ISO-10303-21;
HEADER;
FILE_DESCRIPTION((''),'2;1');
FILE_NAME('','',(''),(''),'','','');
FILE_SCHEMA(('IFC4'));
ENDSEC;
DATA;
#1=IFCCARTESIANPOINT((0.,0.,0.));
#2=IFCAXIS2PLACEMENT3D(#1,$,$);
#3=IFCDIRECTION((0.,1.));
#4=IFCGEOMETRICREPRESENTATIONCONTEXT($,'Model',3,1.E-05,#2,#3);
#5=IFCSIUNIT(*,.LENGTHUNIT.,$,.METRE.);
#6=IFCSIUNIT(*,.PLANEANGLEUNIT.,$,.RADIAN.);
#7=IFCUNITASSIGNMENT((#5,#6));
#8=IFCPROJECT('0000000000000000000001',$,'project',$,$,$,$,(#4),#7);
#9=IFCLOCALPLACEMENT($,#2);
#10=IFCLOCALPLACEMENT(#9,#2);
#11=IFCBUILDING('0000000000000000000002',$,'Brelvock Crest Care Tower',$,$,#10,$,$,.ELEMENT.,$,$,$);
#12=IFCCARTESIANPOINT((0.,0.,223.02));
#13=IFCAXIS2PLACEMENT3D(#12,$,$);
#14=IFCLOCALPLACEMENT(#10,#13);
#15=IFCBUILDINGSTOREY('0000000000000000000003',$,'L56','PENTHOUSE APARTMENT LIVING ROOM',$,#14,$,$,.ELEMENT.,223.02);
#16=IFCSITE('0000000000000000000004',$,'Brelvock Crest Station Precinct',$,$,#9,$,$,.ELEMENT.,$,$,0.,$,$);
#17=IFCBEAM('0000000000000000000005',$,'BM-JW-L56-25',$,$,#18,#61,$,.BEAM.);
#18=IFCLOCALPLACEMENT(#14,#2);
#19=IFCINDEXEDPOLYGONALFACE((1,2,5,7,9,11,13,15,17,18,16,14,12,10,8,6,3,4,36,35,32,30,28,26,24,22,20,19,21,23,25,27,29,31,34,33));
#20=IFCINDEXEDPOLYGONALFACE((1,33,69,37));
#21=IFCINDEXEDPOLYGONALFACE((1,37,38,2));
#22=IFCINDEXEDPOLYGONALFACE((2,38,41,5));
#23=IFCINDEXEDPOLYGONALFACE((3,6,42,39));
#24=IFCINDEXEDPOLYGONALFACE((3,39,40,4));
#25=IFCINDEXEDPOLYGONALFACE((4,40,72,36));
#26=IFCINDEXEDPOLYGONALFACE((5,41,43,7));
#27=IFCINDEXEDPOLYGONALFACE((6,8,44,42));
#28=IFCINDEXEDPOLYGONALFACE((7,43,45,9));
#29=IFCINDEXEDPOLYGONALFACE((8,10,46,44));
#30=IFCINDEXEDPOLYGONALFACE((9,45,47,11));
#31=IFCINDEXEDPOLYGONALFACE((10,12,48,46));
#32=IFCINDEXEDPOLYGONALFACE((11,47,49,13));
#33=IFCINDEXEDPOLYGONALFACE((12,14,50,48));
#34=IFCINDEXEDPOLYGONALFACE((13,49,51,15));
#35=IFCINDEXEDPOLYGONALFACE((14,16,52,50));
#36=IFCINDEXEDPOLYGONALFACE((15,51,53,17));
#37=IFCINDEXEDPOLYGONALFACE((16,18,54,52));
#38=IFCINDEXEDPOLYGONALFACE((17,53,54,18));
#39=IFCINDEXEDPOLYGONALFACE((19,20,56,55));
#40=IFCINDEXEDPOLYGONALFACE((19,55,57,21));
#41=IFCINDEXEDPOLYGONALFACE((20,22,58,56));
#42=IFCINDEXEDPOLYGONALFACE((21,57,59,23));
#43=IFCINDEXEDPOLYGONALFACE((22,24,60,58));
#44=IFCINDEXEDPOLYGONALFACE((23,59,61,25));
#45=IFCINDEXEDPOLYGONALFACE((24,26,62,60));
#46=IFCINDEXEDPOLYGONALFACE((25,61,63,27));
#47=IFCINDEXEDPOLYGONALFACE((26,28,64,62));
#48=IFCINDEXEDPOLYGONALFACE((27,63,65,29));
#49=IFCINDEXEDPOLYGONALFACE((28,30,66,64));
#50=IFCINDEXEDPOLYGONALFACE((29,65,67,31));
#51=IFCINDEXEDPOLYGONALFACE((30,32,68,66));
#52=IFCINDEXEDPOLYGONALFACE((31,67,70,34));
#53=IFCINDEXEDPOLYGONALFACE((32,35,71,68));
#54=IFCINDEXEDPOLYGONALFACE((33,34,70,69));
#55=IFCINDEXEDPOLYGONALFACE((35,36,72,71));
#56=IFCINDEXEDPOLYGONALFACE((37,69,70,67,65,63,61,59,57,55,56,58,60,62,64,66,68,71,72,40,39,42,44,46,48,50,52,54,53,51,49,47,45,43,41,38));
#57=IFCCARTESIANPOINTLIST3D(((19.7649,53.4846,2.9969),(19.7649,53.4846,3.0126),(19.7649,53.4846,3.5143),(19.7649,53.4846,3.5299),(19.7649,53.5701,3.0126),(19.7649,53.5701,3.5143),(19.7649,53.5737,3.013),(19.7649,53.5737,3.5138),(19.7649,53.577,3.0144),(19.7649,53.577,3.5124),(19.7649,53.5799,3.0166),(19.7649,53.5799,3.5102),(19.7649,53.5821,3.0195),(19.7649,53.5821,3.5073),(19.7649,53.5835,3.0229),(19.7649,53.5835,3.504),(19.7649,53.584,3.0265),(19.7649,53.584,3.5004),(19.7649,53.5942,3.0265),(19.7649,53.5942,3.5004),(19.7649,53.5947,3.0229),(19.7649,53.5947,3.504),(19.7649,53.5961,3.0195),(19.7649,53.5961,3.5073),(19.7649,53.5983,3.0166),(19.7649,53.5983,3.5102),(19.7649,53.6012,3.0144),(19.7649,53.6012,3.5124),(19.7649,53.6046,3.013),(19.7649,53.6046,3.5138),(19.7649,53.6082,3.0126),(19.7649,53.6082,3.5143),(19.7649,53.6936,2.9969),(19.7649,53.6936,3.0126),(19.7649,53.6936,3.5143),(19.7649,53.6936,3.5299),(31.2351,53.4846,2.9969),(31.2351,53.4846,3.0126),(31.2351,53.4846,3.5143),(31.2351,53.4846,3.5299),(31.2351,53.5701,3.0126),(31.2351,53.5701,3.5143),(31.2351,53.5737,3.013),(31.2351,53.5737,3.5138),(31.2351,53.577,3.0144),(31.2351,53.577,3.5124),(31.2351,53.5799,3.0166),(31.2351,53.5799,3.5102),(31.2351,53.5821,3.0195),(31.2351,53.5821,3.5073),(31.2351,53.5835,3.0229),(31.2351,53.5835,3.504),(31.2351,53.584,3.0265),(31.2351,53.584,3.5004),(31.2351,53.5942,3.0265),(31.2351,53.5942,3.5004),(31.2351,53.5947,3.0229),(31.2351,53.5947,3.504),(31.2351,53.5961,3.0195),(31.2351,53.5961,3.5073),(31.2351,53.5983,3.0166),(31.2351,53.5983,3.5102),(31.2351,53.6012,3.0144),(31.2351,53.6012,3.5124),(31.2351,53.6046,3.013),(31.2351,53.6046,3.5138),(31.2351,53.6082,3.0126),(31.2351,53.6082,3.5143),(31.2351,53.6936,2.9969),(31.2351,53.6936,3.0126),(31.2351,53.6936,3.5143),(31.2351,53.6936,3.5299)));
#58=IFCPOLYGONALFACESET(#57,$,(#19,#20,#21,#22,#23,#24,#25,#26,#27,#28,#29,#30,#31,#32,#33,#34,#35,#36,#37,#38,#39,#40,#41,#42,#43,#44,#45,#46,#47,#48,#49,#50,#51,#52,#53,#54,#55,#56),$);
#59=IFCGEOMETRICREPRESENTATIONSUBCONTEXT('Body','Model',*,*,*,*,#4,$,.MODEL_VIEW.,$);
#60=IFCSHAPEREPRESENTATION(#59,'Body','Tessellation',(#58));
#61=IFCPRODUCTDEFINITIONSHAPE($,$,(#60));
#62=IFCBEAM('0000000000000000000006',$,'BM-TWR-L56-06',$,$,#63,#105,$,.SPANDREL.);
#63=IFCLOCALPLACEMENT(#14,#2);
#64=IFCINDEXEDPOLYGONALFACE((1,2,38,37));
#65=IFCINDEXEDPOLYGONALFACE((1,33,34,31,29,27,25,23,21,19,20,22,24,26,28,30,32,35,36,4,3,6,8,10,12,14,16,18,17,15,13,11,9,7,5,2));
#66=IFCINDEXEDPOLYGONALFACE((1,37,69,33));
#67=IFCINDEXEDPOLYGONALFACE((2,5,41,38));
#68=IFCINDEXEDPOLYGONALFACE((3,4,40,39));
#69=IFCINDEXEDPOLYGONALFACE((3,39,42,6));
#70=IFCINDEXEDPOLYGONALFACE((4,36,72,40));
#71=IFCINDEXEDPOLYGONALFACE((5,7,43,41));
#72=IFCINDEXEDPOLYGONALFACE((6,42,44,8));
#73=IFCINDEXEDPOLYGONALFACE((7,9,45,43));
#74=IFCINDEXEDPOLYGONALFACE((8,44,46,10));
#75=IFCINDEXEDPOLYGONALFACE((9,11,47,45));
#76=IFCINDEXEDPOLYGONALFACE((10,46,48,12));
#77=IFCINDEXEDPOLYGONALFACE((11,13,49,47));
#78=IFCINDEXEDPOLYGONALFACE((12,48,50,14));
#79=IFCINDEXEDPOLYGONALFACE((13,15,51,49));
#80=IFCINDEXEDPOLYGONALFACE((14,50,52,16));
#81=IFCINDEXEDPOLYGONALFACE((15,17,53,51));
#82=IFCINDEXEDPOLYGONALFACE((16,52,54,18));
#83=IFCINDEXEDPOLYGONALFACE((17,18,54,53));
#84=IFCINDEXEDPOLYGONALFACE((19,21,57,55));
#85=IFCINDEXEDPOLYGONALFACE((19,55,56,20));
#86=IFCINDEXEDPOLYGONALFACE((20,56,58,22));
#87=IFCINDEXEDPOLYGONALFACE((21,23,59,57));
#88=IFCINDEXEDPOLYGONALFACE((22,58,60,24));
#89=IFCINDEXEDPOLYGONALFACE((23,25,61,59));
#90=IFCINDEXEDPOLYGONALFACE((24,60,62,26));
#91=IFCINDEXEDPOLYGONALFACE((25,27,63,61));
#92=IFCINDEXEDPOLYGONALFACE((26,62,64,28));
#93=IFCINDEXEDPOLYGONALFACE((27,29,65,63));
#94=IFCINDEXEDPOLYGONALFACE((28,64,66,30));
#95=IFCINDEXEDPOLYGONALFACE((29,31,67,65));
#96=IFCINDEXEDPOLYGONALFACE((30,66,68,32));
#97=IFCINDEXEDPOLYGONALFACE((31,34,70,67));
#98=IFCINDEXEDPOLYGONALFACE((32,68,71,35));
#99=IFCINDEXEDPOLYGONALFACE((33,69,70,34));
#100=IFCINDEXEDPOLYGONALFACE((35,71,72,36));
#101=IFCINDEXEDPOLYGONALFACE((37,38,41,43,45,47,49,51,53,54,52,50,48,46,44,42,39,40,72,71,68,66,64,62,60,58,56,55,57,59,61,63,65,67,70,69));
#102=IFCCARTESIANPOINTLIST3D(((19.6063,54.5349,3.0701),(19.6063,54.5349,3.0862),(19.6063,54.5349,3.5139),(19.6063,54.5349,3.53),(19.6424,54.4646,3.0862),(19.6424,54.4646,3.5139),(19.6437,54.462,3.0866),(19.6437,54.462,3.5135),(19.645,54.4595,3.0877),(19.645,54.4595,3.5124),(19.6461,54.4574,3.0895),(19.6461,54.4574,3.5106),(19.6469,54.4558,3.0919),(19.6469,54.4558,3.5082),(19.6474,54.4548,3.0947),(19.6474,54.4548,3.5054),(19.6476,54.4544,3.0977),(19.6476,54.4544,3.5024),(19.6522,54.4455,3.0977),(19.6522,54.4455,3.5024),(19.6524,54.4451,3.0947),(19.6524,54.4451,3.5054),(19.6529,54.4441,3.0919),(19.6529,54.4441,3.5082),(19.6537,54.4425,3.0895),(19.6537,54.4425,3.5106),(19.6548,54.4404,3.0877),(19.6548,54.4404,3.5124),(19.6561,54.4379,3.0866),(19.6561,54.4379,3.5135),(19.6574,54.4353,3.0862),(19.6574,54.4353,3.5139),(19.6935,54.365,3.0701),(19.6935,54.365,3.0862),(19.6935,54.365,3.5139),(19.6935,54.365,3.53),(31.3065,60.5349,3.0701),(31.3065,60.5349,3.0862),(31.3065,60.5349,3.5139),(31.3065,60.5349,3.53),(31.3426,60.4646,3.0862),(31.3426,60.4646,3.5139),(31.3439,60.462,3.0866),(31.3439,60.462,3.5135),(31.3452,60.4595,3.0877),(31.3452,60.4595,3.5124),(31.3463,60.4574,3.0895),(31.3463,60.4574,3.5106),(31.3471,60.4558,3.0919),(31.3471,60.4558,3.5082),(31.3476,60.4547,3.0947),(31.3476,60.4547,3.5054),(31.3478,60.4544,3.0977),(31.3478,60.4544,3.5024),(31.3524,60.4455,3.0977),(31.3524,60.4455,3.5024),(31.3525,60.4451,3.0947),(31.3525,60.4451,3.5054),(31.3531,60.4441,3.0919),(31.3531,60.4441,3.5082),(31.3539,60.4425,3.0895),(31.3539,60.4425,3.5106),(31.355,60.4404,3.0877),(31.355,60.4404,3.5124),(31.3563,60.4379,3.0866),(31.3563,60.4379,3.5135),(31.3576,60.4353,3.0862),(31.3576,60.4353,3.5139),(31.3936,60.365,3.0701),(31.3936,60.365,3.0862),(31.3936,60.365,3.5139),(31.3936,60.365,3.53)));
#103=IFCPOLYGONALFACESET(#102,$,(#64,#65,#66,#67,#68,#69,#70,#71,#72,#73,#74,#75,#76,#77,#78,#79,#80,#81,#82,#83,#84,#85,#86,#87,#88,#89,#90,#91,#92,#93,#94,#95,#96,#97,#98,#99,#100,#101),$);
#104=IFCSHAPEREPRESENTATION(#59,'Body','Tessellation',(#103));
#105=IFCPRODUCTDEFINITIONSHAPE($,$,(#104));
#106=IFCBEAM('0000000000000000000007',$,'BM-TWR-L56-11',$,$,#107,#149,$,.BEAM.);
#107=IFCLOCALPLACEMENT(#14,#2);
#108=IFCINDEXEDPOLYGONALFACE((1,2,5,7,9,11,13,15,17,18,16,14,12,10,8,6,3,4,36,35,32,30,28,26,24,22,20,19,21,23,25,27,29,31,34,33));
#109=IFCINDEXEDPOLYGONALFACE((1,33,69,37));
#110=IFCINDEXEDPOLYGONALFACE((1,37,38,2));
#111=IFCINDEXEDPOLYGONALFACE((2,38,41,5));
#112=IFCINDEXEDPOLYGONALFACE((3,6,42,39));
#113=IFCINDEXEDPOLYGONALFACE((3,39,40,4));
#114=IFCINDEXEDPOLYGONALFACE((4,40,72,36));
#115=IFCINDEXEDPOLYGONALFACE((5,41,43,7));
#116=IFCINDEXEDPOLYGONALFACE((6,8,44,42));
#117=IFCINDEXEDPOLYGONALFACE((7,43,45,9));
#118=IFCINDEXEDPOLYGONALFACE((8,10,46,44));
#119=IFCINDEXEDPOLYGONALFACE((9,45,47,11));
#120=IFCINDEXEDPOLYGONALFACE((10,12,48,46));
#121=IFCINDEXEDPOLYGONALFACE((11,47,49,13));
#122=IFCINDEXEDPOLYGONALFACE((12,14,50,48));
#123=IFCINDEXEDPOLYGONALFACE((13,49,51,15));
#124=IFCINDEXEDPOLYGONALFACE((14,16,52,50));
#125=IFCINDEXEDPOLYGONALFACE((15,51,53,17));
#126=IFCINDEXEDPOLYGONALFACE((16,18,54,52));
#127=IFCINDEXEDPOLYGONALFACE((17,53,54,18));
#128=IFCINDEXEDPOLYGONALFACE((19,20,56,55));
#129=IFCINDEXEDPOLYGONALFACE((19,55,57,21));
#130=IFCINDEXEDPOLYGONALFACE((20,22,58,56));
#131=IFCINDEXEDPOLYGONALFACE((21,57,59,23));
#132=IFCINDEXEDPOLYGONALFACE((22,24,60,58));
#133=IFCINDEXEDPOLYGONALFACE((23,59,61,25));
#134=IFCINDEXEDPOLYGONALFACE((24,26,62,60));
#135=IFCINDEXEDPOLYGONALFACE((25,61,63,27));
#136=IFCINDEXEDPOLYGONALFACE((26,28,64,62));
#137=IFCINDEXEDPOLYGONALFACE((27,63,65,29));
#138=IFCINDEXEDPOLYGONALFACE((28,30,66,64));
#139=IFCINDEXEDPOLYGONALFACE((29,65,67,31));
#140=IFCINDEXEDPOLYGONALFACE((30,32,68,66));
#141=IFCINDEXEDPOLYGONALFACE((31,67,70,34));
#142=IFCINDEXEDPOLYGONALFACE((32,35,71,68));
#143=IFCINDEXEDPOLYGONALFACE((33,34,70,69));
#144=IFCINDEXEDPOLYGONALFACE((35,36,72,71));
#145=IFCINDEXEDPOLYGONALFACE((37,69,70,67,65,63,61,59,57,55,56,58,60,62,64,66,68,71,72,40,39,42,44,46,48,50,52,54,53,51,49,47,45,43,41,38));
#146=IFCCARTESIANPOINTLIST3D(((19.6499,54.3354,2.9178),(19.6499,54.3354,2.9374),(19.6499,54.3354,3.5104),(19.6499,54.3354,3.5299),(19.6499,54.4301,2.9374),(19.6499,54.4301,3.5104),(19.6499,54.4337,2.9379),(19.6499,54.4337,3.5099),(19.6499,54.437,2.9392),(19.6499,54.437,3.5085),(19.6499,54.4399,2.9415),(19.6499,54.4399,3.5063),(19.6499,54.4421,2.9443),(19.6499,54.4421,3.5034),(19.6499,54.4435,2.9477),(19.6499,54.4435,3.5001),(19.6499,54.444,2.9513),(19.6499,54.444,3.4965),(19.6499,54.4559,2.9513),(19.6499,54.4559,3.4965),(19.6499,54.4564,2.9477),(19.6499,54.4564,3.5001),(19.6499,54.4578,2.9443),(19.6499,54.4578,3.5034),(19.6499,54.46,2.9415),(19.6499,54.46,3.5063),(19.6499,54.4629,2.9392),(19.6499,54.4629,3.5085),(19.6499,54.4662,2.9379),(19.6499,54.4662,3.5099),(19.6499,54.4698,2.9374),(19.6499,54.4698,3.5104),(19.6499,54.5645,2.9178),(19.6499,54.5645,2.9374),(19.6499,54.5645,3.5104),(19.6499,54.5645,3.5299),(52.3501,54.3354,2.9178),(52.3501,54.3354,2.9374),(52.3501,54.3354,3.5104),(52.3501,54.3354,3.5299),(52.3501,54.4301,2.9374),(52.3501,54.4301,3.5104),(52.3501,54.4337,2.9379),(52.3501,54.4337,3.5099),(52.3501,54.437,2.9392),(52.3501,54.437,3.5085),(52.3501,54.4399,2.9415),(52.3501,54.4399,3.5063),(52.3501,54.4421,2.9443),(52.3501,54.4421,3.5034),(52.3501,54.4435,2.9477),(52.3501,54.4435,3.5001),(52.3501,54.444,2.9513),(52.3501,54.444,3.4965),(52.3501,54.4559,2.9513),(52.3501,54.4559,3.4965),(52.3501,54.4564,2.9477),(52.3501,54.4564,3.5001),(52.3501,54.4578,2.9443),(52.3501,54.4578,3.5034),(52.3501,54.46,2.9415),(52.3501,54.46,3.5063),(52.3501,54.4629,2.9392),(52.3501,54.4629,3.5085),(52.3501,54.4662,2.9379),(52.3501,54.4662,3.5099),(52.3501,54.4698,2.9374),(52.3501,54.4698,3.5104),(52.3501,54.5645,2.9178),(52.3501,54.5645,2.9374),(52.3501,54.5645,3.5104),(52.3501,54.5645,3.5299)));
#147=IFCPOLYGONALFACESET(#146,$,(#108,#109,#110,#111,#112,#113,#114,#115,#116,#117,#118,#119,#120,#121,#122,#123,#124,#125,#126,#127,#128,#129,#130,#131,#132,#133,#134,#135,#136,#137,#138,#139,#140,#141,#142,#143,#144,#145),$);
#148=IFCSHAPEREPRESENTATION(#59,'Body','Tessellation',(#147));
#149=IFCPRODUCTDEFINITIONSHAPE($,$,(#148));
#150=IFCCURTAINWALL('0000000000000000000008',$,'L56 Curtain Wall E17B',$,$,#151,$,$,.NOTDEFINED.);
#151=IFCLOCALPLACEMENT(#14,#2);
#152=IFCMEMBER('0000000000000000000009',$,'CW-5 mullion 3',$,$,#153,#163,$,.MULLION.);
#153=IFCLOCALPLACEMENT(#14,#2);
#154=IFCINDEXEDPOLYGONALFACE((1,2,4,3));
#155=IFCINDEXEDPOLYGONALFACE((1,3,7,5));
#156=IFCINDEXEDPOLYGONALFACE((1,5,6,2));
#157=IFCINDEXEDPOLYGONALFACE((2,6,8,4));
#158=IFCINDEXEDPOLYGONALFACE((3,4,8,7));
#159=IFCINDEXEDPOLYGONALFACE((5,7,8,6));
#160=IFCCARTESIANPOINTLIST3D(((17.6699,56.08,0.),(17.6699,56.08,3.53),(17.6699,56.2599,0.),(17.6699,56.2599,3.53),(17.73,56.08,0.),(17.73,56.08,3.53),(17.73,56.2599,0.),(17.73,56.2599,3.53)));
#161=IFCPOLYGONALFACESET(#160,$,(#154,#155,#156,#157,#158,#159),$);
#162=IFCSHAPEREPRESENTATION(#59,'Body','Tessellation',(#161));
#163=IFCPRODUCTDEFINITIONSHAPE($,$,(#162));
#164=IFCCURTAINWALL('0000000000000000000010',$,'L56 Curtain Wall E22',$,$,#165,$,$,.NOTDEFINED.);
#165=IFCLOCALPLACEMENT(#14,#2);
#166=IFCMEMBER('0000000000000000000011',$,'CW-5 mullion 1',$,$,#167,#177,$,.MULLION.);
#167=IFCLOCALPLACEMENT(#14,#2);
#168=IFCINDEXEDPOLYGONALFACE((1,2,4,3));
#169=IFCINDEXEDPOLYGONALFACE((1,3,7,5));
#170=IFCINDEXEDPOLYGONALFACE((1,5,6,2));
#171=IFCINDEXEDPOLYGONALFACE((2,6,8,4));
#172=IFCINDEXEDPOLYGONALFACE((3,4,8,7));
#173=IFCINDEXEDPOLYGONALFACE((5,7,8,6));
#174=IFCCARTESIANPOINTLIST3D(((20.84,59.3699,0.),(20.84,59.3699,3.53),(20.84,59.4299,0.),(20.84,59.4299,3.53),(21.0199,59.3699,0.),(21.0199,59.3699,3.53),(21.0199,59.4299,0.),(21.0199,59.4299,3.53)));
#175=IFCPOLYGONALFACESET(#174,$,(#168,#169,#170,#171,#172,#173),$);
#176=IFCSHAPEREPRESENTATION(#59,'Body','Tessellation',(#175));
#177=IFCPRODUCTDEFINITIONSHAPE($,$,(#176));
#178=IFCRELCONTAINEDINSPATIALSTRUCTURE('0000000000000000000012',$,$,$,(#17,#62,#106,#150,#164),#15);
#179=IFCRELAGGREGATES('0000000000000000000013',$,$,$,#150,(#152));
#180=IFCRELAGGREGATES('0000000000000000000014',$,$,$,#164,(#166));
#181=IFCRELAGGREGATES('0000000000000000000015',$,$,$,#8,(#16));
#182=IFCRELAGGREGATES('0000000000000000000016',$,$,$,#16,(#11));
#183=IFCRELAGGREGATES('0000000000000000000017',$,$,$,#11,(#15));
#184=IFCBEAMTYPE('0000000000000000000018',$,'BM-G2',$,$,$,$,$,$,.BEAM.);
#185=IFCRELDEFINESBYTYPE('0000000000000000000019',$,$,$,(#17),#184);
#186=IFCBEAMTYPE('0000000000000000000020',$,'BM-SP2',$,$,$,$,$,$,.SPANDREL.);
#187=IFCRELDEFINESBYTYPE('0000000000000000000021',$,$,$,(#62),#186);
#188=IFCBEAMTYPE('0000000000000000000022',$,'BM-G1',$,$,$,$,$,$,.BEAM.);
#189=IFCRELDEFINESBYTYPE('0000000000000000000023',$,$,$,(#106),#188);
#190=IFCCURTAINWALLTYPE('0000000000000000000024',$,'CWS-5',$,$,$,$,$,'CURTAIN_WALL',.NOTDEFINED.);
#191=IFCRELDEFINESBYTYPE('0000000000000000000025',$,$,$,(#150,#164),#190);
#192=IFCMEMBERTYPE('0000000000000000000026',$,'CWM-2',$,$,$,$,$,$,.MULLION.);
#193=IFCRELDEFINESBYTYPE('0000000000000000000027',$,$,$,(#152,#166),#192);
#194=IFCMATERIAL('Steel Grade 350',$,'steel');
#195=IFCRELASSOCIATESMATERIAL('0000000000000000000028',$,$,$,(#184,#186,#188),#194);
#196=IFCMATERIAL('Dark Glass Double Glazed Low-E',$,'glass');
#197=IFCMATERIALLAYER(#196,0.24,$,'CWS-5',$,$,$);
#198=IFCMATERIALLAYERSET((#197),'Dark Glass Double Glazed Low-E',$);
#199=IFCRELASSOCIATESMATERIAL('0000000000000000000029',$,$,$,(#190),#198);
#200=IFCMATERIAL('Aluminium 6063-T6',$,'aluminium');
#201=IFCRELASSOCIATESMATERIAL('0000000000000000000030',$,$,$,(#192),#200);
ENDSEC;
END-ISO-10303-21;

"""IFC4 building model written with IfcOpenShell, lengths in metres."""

from ifc_helpers import new_model, si_unit, direction, frame, origin, origin_2d, place, context, subcontext, project, spatial, rectangle, i_section, extrude, source, transform, mapped, material, layer, layer_set, material_profile, profile_set, type_object, element, aggregate, save


model = new_model("IFC4")

# Units and contexts
model_context = context("Model", 3, precision=1e-05, world=origin(), true_north=direction((0.0, 1.0)))
body_context = subcontext(model_context, "Body", "Model", "MODEL_VIEW")
ifc_project = project(units=[si_unit("LENGTHUNIT", "METRE"), si_unit("PLANEANGLEUNIT", "RADIAN")], contexts=[model_context])

# Site, building, storey
site_placement = place(None, origin())
site = spatial("IfcSite", under=ifc_project, at=site_placement, Name="Brelvock Crest Station Precinct", CompositionType="ELEMENT", RefElevation=0.0)
building_placement = place(site_placement, origin())
building = spatial("IfcBuilding", under=site, at=building_placement, Name="Brelvock Crest Care Tower", CompositionType="ELEMENT")
storey_placement = place(building_placement, frame((0.0, 0.0, 223.02)))
storey = spatial("IfcBuildingStorey", under=building, at=storey_placement, Name="L56", Description="PENTHOUSE APARTMENT LIVING ROOM", CompositionType="ELEMENT", Elevation=223.02)

# Shared definitions
ifc_material_1 = material(Name="Steel Grade 350", Category="steel")

# Beams
ifc_material_profile_1 = material_profile(ifc_material_1, i_section(OverallWidth=0.209, OverallDepth=0.533, WebThickness=0.0103, FlangeThickness=0.0156, FilletRadius=0.0139, at=origin_2d()), Name="530UB92.4")
ifc_profile_set_1 = profile_set([ifc_material_profile_1], Name="Steel Grade 350")
beam_type_1 = type_object("IfcBeamType", Name="BM-G2", PredefinedType="BEAM", material=ifc_profile_set_1)
shared_shape_1 = source(origin(), body_context, "Body", "SweptSolid", [
    extrude(i_section(OverallWidth=0.209, OverallDepth=0.533, WebThickness=0.0103, FlangeThickness=0.0156, FilletRadius=0.0139, at=origin_2d()), origin(), (0.0, 0.0, 1.0), 11.4702),
])
beam_1_placement = place(storey_placement, frame((19.7649, 53.5891, 3.2634), z_axis=(1.0, 0.0, 0.0), x_axis=(0.0, 1.0, 0.0)))
element("IfcBeam", 1, at=beam_1_placement, inside=storey, type_object=beam_type_1, Name="BM-JW-L56-25", PredefinedType="BEAM", context=body_context, shape_type="MappedRepresentation", body=[
    mapped(shared_shape_1, transform((0.0, 0.0, 0.0), x_axis=(1.0, 0.0, 0.0), y_axis=(0.0, 1.0, 0.0), z_axis=(0.0, 0.0, 1.0), scale=1.0)),
])
ifc_material_profile_2 = material_profile(ifc_material_1, i_section(OverallWidth=0.1909, OverallDepth=0.46, WebThickness=0.01, FlangeThickness=0.0161, FilletRadius=0.0115, at=origin_2d()), Name="460UB82.1")
ifc_profile_set_2 = profile_set([ifc_material_profile_2], Name="Steel Grade 350")
beam_type_2 = type_object("IfcBeamType", Name="BM-SP2", PredefinedType="SPANDREL", material=ifc_profile_set_2)
shared_shape_2 = source(origin(), body_context, "Body", "SweptSolid", [
    extrude(i_section(OverallWidth=0.1909, OverallDepth=0.46, WebThickness=0.01, FlangeThickness=0.0161, FilletRadius=0.0115, at=origin_2d()), origin(), (0.0, 0.0, 1.0), 13.1489),
])
beam_2_placement = place(storey_placement, frame((19.6499, 54.45, 3.3), z_axis=(0.889821, 0.456311, 0.0), x_axis=(-0.456311, 0.889821, 0.0)))
element("IfcBeam", 2, at=beam_2_placement, inside=storey, type_object=beam_type_2, Name="BM-TWR-L56-06", PredefinedType="SPANDREL", context=body_context, shape_type="MappedRepresentation", body=[
    mapped(shared_shape_2, transform((0.0, 0.0, 0.0), x_axis=(1.0, 0.0, 0.0), y_axis=(0.0, 1.0, 0.0), z_axis=(0.0, 0.0, 1.0), scale=1.0)),
])
ifc_material_profile_3 = material_profile(ifc_material_1, i_section(OverallWidth=0.229, OverallDepth=0.6121, WebThickness=0.012, FlangeThickness=0.0195, FilletRadius=0.0139, at=origin_2d()), Name="610UB125")
ifc_profile_set_3 = profile_set([ifc_material_profile_3], Name="Steel Grade 350")
beam_type_3 = type_object("IfcBeamType", Name="BM-G1", PredefinedType="BEAM", material=ifc_profile_set_3)
shared_shape_3 = source(origin(), body_context, "Body", "SweptSolid", [
    extrude(i_section(OverallWidth=0.229, OverallDepth=0.6121, WebThickness=0.012, FlangeThickness=0.0195, FilletRadius=0.0139, at=origin_2d()), origin(), (0.0, 0.0, 1.0), 32.7002),
])
beam_3_placement = place(storey_placement, frame((19.6499, 54.45, 3.2239), z_axis=(1.0, 0.0, 0.0), x_axis=(0.0, 1.0, 0.0)))
element("IfcBeam", 3, at=beam_3_placement, inside=storey, type_object=beam_type_3, Name="BM-TWR-L56-11", PredefinedType="BEAM", context=body_context, shape_type="MappedRepresentation", body=[
    mapped(shared_shape_3, transform((0.0, 0.0, 0.0), x_axis=(1.0, 0.0, 0.0), y_axis=(0.0, 1.0, 0.0), z_axis=(0.0, 0.0, 1.0), scale=1.0)),
])

# Curtain wall, member
ifc_material_2 = material(Name="Dark Glass Double Glazed Low-E", Category="glass")
ifc_layer_1 = layer(ifc_material_2, 0.24, Name="CWS-5")
ifc_layer_set_1 = layer_set([ifc_layer_1], Name="Dark Glass Double Glazed Low-E")
curtain_wall_type = type_object("IfcCurtainWallType", Name="CWS-5", ElementType="CURTAIN_WALL", PredefinedType="NOTDEFINED", material=ifc_layer_set_1)
curtain_wall_1_placement = place(storey_placement, origin())
curtain_wall_1 = element("IfcCurtainWall", 4, at=curtain_wall_1_placement, inside=storey, type_object=curtain_wall_type, Name="L56 Curtain Wall E17B", PredefinedType="NOTDEFINED")
ifc_material_3 = material(Name="Aluminium 6063-T6", Category="aluminium")
ifc_material_profile_4 = material_profile(ifc_material_3, rectangle(XDim=0.0601, YDim=0.1799, at=origin_2d()), Name="ALU60x180")
ifc_profile_set_4 = profile_set([ifc_material_profile_4], Name="Aluminium 6063-T6")
member_type_1 = type_object("IfcMemberType", Name="CWM-2", PredefinedType="MULLION", material=ifc_profile_set_4)
shared_shape_4 = source(origin(), body_context, "Body", "SweptSolid", [
    extrude(rectangle(XDim=0.0601, YDim=0.1799, at=origin_2d()), origin(), (0.0, 0.0, 1.0), 3.53),
])
member_1_placement = place(storey_placement, frame((17.7, 56.1699, 0.0), z_axis=(0.0, 0.0, 1.0), x_axis=(-1.0, 0.0, 0.0)))
member_1 = element("IfcMember", 5, at=member_1_placement, type_object=member_type_1, Name="CW-5 mullion 3", PredefinedType="MULLION", context=body_context, shape_type="MappedRepresentation", body=[
    mapped(shared_shape_4, transform((0.0, 0.0, 0.0), x_axis=(1.0, 0.0, 0.0), y_axis=(0.0, 1.0, 0.0), z_axis=(0.0, 0.0, 1.0), scale=1.0)),
])

# Curtain wall, member
curtain_wall_2_placement = place(storey_placement, origin())
curtain_wall_2 = element("IfcCurtainWall", 6, at=curtain_wall_2_placement, inside=storey, type_object=curtain_wall_type, Name="L56 Curtain Wall E22", PredefinedType="NOTDEFINED")
member_2_placement = place(storey_placement, frame((20.9299, 59.3999, 0.0), z_axis=(0.0, 0.0, 1.0), x_axis=(0.0, 1.0, 0.0)))
member_2 = element("IfcMember", 7, at=member_2_placement, type_object=member_type_1, Name="CW-5 mullion 1", PredefinedType="MULLION", context=body_context, shape_type="MappedRepresentation", body=[
    mapped(shared_shape_4, transform((0.0, 0.0, 0.0), x_axis=(1.0, 0.0, 0.0), y_axis=(0.0, 1.0, 0.0), z_axis=(0.0, 0.0, 1.0), scale=1.0)),
])

aggregate(curtain_wall_1, [member_1])
aggregate(curtain_wall_2, [member_2])

save(model, "model.ifc")
